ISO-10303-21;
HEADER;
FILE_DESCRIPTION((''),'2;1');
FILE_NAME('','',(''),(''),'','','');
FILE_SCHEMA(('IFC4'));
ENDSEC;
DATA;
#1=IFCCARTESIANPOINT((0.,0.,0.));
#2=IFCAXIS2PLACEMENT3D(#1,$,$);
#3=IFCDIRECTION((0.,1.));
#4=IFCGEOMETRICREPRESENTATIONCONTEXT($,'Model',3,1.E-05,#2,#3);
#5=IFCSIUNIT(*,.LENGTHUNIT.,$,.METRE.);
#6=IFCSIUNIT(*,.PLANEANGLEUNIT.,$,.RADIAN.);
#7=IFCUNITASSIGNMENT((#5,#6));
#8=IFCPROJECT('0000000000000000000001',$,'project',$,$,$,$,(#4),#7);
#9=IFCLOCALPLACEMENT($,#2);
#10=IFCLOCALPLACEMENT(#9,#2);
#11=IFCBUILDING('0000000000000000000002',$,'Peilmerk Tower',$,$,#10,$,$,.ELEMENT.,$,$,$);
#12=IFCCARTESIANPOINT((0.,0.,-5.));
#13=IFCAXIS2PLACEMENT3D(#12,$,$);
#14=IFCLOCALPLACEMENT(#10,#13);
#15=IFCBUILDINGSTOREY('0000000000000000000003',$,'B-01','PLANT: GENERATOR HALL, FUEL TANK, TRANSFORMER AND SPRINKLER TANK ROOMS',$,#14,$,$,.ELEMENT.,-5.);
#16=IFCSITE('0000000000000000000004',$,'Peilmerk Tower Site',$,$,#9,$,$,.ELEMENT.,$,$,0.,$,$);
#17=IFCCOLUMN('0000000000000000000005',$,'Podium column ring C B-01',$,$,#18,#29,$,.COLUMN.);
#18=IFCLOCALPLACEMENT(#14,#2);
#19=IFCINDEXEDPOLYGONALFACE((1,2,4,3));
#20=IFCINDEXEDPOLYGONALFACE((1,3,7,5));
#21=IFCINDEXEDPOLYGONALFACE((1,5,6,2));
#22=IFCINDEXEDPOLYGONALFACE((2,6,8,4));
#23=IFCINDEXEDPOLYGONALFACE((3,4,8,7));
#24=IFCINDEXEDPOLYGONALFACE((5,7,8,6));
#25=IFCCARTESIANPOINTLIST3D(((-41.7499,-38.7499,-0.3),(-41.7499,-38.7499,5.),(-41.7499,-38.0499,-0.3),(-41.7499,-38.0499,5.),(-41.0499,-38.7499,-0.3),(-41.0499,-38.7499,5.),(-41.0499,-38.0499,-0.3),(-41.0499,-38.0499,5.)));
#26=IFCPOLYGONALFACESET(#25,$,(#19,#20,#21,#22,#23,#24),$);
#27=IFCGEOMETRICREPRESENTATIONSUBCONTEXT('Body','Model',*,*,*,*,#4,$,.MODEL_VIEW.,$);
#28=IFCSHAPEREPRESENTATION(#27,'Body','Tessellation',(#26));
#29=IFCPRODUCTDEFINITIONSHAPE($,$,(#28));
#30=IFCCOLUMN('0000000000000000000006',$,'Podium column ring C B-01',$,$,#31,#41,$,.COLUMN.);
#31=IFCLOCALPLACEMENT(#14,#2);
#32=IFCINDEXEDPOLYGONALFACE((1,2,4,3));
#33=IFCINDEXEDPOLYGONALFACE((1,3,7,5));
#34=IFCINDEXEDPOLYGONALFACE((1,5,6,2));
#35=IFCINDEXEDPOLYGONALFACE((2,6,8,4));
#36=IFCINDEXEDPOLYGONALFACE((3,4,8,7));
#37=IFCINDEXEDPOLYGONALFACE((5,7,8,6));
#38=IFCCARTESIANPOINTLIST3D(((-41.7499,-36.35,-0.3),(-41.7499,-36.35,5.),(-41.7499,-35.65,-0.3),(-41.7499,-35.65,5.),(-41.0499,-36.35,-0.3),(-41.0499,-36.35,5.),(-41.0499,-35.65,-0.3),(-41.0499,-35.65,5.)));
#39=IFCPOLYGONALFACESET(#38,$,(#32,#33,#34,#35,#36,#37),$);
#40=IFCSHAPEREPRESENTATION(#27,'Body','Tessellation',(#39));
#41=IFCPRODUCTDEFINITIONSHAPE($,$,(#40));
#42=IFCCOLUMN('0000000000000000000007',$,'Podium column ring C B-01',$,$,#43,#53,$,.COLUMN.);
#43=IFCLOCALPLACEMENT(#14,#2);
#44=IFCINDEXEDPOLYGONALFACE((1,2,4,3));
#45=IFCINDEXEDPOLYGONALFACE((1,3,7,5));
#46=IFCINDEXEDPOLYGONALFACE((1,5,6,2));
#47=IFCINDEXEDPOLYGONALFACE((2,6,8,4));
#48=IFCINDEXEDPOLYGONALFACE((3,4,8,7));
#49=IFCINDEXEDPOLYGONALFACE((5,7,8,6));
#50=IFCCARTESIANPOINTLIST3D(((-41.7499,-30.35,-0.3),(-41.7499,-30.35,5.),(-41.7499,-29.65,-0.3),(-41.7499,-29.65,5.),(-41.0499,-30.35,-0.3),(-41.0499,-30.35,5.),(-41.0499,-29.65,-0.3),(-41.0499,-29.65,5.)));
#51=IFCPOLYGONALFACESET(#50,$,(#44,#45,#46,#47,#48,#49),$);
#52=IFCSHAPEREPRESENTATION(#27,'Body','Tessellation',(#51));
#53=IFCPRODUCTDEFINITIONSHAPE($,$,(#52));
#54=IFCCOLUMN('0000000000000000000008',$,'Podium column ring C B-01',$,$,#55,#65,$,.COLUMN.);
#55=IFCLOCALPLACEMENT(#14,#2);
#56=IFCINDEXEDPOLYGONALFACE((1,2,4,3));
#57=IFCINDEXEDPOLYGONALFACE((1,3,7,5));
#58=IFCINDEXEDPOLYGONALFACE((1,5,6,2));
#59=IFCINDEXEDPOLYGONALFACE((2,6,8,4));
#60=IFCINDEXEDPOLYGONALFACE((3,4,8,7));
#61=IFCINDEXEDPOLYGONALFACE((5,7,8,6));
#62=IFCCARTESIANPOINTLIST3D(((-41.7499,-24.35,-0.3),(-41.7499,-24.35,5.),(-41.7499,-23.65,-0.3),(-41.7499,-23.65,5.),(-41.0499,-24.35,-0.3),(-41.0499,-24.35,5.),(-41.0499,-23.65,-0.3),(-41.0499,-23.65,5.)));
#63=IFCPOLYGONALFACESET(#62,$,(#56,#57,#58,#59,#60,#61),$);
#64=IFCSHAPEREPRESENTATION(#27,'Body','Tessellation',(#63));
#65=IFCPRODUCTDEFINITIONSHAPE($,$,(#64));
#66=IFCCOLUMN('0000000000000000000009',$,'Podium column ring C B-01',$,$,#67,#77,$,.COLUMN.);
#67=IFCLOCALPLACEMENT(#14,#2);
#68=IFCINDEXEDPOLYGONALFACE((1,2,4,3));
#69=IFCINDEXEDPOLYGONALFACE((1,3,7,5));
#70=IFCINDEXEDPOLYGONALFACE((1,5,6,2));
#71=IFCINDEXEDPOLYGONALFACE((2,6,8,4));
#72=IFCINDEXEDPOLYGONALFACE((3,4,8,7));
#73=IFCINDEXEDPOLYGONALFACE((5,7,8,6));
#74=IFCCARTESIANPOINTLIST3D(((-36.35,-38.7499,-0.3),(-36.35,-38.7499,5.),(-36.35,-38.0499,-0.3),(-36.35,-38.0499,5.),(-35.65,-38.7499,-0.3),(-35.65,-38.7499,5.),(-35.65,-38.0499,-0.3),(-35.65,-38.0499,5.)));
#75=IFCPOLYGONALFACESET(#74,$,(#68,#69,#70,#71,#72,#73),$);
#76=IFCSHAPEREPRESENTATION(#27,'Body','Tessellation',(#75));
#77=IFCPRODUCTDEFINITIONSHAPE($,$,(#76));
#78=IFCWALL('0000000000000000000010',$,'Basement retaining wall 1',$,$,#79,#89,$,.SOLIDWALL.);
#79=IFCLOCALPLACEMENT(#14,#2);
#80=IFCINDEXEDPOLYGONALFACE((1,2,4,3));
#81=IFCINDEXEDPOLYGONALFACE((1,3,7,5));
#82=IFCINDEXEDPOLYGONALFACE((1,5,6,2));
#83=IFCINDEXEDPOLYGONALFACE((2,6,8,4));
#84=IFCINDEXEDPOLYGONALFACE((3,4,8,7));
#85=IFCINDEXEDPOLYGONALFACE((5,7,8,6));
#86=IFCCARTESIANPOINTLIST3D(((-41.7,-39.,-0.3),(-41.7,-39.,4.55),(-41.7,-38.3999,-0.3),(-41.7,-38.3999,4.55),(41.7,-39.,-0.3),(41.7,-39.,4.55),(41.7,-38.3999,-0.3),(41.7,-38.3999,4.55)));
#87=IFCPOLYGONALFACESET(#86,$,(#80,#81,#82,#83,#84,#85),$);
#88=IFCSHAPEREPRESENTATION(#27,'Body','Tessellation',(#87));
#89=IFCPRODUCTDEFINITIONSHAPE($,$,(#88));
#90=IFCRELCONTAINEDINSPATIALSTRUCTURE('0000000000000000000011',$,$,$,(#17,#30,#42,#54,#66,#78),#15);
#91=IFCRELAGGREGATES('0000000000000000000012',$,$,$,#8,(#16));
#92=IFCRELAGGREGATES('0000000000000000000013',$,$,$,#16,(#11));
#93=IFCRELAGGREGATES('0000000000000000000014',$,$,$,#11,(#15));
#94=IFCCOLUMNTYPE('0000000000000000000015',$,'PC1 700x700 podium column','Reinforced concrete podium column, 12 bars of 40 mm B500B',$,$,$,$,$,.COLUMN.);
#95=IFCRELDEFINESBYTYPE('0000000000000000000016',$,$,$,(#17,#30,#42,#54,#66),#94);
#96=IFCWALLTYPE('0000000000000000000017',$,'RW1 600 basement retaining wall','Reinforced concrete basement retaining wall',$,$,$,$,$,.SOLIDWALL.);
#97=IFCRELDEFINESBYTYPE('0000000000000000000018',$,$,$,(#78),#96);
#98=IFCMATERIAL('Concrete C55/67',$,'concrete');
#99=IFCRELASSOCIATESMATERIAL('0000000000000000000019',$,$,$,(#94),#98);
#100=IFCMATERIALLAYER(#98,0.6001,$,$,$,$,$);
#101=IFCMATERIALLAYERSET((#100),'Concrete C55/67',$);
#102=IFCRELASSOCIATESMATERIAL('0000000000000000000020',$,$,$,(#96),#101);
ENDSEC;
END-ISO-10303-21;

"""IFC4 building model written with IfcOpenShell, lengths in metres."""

from ifc_helpers import new_model, si_unit, direction, frame, frame_2d, origin, origin_2d, place, context, subcontext, project, spatial, rectangle, extrude, material, layer, layer_set, material_profile, profile_set, type_object, element, save


model = new_model("IFC4")

# Units and contexts
model_context = context("Model", 3, precision=1e-05, world=origin(), true_north=direction((0.0, 1.0)))
body_context = subcontext(model_context, "Body", "Model", "MODEL_VIEW")
ifc_project = project(units=[si_unit("LENGTHUNIT", "METRE"), si_unit("PLANEANGLEUNIT", "RADIAN")], contexts=[model_context])

# Site, building, storey
site_placement = place(None, origin())
site = spatial("IfcSite", under=ifc_project, at=site_placement, Name="Peilmerk Tower Site", CompositionType="ELEMENT", RefElevation=0.0)
building_placement = place(site_placement, origin())
building = spatial("IfcBuilding", under=site, at=building_placement, Name="Peilmerk Tower", CompositionType="ELEMENT")
storey_placement = place(building_placement, frame((0.0, 0.0, -5.0)))
storey = spatial("IfcBuildingStorey", under=building, at=storey_placement, Name="B-01", Description="PLANT: GENERATOR HALL, FUEL TANK, TRANSFORMER AND SPRINKLER TANK ROOMS", CompositionType="ELEMENT", Elevation=-5.0)

# Columns
ifc_material_1 = material(Name="Concrete C55/67", Category="concrete")
ifc_material_profile_1 = material_profile(ifc_material_1, rectangle(XDim=0.7, YDim=0.7, at=origin_2d()), Name="RC 700x700")
ifc_profile_set_1 = profile_set([ifc_material_profile_1], Name="Concrete C55/67")
column_type = type_object("IfcColumnType", Name="PC1 700x700 podium column", Description="Reinforced concrete podium column, 12 bars of 40 mm B500B", PredefinedType="COLUMN", material=ifc_profile_set_1)
for number, where, z_axis, x_axis, name in (
    (1, (-41.3999, -38.3999, -0.3), (0.0, 0.0, 1.0), (1.0, 0.0, 0.0), "Podium column ring C B-01"),
    (2, (-41.3999, -36.0, -0.3), (0.0, 0.0, 1.0), (1.0, 0.0, 0.0), "Podium column ring C B-01"),
    (3, (-41.3999, -30.0, -0.3), (0.0, 0.0, 1.0), (1.0, 0.0, 0.0), "Podium column ring C B-01"),
    (4, (-41.3999, -24.0, -0.3), (0.0, 0.0, 1.0), (1.0, 0.0, 0.0), "Podium column ring C B-01"),
    (5, (-36.0, -38.3999, -0.3), (0.0, 0.0, 1.0), (1.0, 0.0, 0.0), "Podium column ring C B-01"),
):
    element("IfcColumn", number, at=place(storey_placement, frame(where, z_axis=z_axis, x_axis=x_axis)), inside=storey, type_object=column_type, Name=name, PredefinedType="COLUMN", context=body_context, shape_type="SweptSolid", body=[
        extrude(rectangle(XDim=0.7, YDim=0.7, at=origin_2d()), origin(), (0.0, 0.0, 1.0), 5.3),
    ])

# Wall
ifc_layer = layer(ifc_material_1, 0.6001)
ifc_layer_set = layer_set([ifc_layer], Name="Concrete C55/67")
wall_type = type_object("IfcWallType", Name="RW1 600 basement retaining wall", Description="Reinforced concrete basement retaining wall", PredefinedType="SOLIDWALL", material=ifc_layer_set)
wall_placement = place(storey_placement, frame((-41.7, -38.7, -0.3), z_axis=(0.0, 0.0, 1.0), x_axis=(1.0, 0.0, 0.0)))
element("IfcWall", 6, at=wall_placement, inside=storey, type_object=wall_type, Name="Basement retaining wall 1", PredefinedType="SOLIDWALL", context=body_context, shape_type="SweptSolid", body=[
    extrude(rectangle(XDim=83.3999, YDim=0.6001, at=frame_2d((41.7, 0.0))), origin(), (0.0, 0.0, 1.0), 4.8501),
])

save(model, "model.ifc")
